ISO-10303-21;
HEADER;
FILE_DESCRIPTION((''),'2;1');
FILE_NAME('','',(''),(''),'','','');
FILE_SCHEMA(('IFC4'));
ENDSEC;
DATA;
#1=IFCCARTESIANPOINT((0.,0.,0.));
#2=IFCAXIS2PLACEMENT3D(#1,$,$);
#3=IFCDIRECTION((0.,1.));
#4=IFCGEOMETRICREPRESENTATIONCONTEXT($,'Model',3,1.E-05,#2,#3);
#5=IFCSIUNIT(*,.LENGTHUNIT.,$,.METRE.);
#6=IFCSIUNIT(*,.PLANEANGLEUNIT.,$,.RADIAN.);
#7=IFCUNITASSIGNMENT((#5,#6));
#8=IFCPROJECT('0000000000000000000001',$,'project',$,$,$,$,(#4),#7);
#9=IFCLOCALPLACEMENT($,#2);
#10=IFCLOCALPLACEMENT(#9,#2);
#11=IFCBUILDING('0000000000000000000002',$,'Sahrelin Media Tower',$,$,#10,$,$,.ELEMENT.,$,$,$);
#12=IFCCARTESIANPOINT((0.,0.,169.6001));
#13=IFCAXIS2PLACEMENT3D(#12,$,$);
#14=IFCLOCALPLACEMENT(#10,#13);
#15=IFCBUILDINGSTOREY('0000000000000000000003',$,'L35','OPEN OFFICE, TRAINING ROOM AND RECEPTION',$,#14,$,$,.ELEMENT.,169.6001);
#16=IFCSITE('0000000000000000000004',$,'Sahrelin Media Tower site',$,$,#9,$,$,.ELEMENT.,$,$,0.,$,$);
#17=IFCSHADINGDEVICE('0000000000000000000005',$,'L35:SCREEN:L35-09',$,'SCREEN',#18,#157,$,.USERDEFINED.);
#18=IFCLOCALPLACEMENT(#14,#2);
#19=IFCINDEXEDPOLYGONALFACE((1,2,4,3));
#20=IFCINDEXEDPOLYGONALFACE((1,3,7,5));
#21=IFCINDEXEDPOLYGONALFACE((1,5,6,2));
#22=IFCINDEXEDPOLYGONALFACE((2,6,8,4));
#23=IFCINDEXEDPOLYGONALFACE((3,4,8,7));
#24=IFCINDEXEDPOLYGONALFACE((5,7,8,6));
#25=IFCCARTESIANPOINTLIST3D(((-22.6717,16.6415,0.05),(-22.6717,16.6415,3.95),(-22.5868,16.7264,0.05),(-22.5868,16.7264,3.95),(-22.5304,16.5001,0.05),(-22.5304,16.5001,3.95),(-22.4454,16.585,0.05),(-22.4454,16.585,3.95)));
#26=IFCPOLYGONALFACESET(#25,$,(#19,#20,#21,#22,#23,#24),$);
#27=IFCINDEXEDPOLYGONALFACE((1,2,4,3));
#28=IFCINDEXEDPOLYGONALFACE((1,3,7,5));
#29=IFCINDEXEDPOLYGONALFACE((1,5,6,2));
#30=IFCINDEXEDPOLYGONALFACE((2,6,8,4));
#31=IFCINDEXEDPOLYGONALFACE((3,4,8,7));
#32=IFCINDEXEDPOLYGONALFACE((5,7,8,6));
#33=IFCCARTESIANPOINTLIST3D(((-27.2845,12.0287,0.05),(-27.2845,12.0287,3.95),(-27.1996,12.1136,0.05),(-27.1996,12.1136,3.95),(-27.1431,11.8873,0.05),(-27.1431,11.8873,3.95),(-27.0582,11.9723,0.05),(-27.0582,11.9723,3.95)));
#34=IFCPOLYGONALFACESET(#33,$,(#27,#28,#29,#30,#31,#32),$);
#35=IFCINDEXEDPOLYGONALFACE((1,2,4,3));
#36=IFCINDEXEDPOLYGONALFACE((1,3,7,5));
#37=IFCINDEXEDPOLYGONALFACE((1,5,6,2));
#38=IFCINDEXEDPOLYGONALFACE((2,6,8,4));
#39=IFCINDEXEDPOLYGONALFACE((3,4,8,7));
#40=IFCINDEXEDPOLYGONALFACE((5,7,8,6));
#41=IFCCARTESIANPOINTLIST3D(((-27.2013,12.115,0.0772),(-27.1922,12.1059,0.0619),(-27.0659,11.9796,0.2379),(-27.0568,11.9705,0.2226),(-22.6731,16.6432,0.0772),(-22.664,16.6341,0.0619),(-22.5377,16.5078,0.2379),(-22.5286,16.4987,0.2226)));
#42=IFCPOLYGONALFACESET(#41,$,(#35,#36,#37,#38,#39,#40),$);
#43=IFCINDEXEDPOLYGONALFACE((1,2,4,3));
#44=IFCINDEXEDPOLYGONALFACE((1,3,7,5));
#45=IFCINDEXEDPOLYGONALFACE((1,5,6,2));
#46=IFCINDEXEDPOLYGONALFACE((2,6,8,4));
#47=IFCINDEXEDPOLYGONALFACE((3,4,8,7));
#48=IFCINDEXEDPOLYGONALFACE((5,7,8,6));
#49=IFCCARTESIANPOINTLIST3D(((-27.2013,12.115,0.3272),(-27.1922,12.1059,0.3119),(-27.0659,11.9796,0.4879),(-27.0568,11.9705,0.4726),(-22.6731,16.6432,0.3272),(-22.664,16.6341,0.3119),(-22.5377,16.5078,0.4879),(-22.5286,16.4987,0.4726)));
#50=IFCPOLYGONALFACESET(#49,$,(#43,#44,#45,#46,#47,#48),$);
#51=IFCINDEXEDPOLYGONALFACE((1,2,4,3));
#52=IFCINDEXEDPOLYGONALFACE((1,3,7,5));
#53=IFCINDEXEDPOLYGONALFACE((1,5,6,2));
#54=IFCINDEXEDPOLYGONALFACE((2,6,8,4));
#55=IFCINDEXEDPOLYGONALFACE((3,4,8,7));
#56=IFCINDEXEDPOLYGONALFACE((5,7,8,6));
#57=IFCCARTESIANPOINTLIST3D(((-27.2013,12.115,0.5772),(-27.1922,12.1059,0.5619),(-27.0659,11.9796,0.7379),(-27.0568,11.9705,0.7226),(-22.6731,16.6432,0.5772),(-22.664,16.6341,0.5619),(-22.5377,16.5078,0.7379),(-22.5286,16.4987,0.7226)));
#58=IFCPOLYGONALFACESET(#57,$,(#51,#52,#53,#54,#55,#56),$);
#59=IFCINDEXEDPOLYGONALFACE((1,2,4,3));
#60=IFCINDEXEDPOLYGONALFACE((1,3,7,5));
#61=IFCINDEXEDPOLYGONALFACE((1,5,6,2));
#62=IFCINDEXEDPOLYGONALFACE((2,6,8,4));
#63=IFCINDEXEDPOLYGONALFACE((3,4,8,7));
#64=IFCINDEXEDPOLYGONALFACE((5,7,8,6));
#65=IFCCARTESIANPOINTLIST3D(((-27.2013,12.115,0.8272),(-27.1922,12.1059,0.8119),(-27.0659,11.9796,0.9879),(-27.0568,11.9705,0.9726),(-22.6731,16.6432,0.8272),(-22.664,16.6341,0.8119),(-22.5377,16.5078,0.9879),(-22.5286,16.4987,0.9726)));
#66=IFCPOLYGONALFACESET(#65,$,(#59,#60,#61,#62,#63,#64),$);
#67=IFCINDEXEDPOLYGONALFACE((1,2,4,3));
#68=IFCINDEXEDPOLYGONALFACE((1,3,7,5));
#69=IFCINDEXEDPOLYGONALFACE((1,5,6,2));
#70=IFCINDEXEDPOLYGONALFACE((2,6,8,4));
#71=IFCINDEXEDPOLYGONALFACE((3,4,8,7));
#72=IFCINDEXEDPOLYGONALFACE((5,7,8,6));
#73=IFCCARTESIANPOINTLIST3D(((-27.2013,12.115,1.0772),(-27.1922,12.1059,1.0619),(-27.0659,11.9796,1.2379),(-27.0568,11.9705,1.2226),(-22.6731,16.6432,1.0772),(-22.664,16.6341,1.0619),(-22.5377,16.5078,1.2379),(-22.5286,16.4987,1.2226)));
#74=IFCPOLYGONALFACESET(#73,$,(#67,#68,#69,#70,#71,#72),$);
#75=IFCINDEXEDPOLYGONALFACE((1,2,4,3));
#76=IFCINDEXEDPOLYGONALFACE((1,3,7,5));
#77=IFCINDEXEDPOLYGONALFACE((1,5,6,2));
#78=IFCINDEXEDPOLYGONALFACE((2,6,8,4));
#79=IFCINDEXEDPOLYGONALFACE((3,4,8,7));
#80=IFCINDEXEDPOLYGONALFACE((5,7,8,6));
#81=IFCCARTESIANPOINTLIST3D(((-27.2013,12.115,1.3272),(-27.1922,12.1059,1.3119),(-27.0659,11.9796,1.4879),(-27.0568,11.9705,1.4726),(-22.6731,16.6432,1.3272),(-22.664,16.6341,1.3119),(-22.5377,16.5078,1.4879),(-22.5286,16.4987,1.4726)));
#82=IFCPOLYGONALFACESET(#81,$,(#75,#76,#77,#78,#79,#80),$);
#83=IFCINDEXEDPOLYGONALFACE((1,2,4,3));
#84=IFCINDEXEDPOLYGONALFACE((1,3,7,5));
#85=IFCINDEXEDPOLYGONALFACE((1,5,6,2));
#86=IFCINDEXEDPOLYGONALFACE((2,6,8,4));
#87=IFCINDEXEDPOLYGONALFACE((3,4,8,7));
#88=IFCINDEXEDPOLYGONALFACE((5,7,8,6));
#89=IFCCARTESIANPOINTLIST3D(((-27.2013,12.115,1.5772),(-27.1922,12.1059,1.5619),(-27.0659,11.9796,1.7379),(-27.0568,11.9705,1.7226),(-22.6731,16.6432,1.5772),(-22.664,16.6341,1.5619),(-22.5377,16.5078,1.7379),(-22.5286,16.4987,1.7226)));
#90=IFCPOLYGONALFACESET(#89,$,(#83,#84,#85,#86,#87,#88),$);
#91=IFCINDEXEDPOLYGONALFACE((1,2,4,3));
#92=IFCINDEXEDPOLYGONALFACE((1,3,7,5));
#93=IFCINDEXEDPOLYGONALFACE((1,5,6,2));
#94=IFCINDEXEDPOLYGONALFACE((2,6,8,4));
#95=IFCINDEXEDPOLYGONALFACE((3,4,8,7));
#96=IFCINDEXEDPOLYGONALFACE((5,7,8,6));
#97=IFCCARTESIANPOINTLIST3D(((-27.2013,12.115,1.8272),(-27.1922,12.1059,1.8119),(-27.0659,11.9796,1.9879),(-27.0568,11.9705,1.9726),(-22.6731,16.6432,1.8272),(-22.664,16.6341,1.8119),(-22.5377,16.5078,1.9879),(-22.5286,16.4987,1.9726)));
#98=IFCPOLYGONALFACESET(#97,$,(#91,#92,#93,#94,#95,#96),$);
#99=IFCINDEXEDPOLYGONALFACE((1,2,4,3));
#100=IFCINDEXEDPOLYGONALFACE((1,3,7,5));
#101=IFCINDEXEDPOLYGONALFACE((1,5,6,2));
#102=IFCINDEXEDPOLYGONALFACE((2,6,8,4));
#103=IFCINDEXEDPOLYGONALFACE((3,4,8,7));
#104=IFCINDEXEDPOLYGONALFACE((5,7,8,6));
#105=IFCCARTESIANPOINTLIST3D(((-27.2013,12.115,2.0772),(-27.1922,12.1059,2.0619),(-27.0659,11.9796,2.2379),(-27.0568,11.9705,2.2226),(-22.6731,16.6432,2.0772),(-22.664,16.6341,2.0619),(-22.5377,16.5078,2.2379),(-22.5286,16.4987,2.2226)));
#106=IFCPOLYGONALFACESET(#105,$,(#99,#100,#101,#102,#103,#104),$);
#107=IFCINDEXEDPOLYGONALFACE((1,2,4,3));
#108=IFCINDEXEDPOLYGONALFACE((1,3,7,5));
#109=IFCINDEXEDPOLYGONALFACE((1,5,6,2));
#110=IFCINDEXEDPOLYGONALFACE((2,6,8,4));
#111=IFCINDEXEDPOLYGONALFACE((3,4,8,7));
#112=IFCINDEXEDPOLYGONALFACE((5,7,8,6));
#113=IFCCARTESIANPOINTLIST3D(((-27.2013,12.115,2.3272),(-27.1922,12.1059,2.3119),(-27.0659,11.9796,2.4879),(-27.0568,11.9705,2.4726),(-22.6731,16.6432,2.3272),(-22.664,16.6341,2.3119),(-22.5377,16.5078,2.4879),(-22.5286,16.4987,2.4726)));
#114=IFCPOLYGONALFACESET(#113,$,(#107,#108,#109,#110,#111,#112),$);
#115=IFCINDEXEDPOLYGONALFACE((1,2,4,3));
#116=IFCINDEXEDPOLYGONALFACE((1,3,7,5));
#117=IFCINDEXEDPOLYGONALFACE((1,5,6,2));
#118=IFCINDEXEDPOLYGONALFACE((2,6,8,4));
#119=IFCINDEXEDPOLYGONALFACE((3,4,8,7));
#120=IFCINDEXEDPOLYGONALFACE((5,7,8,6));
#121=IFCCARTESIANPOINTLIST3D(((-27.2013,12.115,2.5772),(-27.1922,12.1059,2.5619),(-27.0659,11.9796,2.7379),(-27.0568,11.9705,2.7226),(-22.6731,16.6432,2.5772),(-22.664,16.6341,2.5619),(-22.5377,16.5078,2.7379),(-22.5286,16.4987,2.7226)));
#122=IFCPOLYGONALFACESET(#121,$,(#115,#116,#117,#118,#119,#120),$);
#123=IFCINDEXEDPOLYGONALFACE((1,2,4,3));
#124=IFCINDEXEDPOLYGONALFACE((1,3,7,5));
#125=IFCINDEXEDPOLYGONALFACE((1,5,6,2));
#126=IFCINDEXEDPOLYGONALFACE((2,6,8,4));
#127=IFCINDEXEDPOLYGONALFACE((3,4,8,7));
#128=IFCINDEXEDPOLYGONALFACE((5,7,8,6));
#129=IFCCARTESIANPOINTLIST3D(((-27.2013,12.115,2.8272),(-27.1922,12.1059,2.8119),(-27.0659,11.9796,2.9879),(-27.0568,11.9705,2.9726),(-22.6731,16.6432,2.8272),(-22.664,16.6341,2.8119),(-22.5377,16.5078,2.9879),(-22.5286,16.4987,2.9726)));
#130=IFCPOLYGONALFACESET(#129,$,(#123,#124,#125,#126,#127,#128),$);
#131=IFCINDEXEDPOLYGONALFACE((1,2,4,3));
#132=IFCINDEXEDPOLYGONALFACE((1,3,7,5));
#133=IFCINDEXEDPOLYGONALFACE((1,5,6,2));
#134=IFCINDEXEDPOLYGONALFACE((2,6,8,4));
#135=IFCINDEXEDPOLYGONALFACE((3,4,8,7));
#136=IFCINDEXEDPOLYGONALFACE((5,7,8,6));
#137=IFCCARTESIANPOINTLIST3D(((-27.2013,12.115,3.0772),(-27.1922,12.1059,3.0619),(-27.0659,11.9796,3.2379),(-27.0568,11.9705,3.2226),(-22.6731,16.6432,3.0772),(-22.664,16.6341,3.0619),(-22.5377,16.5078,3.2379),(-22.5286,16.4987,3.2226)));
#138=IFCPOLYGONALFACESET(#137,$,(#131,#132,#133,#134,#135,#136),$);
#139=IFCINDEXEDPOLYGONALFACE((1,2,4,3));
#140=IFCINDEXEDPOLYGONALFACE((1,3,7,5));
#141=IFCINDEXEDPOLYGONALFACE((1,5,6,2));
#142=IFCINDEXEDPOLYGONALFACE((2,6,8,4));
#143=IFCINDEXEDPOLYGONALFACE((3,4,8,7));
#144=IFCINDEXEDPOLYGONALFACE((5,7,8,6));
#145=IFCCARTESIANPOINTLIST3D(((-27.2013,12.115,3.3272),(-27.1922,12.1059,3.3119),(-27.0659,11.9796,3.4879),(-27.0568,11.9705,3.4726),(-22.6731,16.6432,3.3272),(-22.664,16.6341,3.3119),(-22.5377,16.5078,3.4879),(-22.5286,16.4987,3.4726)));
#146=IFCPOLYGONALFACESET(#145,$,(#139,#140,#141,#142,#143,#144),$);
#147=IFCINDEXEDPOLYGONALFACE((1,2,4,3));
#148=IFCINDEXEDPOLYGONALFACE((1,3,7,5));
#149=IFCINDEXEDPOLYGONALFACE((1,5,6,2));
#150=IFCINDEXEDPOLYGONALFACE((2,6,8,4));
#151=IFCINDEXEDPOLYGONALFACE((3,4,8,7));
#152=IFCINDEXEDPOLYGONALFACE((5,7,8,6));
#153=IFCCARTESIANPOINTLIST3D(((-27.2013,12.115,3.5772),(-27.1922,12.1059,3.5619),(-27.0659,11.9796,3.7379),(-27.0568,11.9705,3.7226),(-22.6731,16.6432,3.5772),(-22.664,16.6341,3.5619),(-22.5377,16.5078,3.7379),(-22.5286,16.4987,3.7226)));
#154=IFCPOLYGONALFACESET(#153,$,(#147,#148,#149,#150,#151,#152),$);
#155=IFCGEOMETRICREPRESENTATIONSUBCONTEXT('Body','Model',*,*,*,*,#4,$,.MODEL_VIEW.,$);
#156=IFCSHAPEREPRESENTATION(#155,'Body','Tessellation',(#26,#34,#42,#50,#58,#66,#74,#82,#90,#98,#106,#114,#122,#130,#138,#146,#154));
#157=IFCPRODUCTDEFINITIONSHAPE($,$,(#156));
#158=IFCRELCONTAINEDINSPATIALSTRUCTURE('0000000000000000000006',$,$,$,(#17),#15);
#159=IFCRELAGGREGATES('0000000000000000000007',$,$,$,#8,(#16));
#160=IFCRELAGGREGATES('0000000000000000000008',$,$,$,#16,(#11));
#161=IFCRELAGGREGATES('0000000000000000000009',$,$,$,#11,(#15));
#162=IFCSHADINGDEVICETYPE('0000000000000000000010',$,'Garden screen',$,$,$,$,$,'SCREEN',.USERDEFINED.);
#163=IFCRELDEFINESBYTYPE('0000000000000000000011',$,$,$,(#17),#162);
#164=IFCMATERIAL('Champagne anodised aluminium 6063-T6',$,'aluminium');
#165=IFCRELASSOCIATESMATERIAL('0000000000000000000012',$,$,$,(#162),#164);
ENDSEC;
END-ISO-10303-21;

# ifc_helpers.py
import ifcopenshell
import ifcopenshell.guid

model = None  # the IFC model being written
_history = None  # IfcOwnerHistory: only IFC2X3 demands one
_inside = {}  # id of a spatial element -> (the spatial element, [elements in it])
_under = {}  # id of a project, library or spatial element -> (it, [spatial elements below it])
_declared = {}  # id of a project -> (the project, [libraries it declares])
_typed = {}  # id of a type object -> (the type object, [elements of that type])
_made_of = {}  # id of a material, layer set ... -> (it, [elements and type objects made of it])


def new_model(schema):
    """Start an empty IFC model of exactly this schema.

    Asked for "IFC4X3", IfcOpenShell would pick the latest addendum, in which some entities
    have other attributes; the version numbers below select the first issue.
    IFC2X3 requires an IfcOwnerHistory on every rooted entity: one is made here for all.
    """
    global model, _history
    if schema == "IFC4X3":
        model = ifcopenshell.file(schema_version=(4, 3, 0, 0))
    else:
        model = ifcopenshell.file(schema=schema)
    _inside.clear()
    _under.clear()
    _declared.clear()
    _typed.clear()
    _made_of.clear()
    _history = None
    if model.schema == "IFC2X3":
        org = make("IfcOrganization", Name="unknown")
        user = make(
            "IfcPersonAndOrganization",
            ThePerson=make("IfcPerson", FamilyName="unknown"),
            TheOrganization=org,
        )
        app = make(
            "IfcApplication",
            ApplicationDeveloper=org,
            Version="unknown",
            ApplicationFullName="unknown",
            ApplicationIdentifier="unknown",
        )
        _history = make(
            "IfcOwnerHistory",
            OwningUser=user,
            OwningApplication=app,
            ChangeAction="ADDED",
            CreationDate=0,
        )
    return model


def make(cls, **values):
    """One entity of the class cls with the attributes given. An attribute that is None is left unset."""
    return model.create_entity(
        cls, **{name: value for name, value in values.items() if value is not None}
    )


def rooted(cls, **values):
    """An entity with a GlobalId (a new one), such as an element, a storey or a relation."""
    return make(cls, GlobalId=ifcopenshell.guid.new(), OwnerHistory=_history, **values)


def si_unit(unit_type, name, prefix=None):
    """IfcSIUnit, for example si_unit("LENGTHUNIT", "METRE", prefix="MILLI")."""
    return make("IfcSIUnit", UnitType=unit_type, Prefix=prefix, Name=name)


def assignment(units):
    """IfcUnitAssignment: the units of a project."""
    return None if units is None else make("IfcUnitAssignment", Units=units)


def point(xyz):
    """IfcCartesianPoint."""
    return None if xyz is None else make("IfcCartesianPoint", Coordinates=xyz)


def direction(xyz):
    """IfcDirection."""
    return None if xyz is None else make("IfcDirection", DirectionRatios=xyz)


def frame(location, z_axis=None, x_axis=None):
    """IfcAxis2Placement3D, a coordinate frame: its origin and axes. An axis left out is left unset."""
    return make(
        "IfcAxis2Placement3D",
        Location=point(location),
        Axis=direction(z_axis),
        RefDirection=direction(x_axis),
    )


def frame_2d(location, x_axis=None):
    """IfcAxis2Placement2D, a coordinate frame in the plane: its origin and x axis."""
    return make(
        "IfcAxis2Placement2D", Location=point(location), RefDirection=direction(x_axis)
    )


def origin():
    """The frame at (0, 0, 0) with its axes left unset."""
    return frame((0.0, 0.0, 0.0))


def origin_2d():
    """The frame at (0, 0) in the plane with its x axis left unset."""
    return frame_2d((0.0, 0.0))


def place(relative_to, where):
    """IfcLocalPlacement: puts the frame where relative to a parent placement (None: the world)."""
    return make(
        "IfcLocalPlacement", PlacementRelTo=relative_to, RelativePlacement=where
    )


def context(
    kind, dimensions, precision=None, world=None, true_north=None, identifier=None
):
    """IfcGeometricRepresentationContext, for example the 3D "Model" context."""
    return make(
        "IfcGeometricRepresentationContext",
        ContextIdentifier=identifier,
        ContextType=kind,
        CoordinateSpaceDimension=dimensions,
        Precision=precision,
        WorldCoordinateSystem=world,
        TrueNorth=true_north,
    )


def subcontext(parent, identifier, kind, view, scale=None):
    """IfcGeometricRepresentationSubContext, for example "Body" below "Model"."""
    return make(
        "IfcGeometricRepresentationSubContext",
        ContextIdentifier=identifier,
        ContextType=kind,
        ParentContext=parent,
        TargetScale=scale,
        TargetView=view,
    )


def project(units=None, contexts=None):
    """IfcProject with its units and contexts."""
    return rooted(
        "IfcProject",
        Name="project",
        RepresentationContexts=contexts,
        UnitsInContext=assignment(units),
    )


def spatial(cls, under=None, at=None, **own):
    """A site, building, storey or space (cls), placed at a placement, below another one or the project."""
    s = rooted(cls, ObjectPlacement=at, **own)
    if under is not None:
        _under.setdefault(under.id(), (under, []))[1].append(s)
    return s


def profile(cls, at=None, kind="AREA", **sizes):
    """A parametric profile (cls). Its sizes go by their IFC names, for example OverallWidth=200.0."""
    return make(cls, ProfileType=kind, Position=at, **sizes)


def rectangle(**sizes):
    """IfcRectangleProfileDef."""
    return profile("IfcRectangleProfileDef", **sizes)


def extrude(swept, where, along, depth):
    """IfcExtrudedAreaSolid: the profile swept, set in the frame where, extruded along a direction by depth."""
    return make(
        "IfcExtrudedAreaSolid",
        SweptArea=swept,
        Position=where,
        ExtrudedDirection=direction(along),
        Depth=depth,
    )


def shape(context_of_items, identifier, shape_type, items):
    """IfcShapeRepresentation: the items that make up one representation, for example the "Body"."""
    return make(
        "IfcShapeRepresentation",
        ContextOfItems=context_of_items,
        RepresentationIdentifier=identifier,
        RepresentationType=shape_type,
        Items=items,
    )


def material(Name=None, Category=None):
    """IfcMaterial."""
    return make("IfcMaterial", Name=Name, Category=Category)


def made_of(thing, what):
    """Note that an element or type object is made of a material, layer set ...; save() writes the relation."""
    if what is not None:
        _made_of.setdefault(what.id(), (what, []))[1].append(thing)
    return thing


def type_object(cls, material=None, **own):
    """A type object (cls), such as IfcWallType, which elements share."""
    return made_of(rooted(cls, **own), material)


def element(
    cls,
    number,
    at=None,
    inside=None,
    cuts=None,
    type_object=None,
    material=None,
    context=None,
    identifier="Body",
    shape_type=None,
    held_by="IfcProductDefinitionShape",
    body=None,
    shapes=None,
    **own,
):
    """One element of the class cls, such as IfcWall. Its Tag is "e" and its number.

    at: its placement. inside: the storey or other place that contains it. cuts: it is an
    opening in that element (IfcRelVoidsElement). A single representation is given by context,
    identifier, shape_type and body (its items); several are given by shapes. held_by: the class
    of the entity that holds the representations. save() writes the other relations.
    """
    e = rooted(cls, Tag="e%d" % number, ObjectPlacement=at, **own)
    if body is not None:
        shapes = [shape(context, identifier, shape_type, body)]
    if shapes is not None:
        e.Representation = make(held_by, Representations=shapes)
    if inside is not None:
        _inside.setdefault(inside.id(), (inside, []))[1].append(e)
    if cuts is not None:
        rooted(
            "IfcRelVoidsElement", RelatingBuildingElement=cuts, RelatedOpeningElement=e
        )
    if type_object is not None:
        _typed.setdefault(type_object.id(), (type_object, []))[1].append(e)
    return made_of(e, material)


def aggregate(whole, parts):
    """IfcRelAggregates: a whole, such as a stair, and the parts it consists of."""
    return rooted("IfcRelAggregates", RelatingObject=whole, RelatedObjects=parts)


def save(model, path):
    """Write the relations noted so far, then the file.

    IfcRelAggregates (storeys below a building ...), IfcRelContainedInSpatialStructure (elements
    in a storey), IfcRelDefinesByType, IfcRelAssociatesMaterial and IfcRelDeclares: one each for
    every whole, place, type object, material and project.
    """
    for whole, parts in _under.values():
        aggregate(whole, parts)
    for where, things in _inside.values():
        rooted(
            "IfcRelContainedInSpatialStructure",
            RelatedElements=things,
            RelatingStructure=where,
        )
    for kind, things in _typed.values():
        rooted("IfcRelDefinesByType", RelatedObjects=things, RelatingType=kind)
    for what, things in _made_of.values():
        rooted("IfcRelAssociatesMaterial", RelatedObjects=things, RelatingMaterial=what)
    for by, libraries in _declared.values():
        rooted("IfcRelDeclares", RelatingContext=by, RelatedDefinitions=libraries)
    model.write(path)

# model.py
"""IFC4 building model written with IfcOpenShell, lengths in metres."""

from ifc_helpers import new_model, si_unit, direction, frame, origin, origin_2d, place, context, subcontext, project, spatial, rectangle, extrude, material, type_object, element, save


model = new_model("IFC4")

# Units and contexts
model_context = context("Model", 3, precision=1e-05, world=origin(), true_north=direction((0.0, 1.0)))
body_context = subcontext(model_context, "Body", "Model", "MODEL_VIEW")
ifc_project = project(units=[si_unit("LENGTHUNIT", "METRE"), si_unit("PLANEANGLEUNIT", "RADIAN")], contexts=[model_context])

# Site, building, storey
site_placement = place(None, origin())
site = spatial("IfcSite", under=ifc_project, at=site_placement, Name="Sahrelin Media Tower site", CompositionType="ELEMENT", RefElevation=0.0)
building_placement = place(site_placement, origin())
building = spatial("IfcBuilding", under=site, at=building_placement, Name="Sahrelin Media Tower", CompositionType="ELEMENT")
storey_placement = place(building_placement, frame((0.0, 0.0, 169.6001)))
storey = spatial("IfcBuildingStorey", under=building, at=storey_placement, Name="L35", Description="OPEN OFFICE, TRAINING ROOM AND RECEPTION", CompositionType="ELEMENT", Elevation=169.6001)

# Shading device
ifc_material_1 = material(Name="Champagne anodised aluminium 6063-T6", Category="aluminium")
shading_device_type = type_object("IfcShadingDeviceType", Name="Garden screen", ElementType="SCREEN", PredefinedType="USERDEFINED", material=ifc_material_1)
shading_device_1_placement = place(storey_placement, frame((-24.7942, 14.2361, 0.0), z_axis=(0.0, 0.0, 1.0), x_axis=(0.707107, 0.707107, 0.0)))
element("IfcShadingDevice", 1, at=shading_device_1_placement, inside=storey, type_object=shading_device_type, Name="L35:SCREEN:L35-09", ObjectType="SCREEN", PredefinedType="USERDEFINED", context=body_context, shape_type="SweptSolid", body=[
    extrude(rectangle(XDim=0.1201, YDim=0.2, at=origin_2d()), frame((3.2617, 0.1001, 0.05), z_axis=(0.0, 0.0, 1.0), x_axis=(1.0, 0.0, 0.0)), (0.0, 0.0, 1.0), 3.8999),
    extrude(rectangle(XDim=0.1201, YDim=0.2, at=origin_2d()), frame((-3.2617, 0.1001, 0.05), z_axis=(0.0, 0.0, 1.0), x_axis=(1.0, 0.0, 0.0)), (0.0, 0.0, 1.0), 3.8999),
    extrude(rectangle(XDim=0.25, YDim=0.02, at=origin_2d()), frame((3.2019, 0.1001, 0.1499), z_axis=(-1.0, 0.0, 0.0), x_axis=(0.0, -0.766044, 0.642788)), (0.0, 0.0, 1.0), 6.4038),
    extrude(rectangle(XDim=0.25, YDim=0.02, at=origin_2d()), frame((3.2019, 0.1001, 0.3999), z_axis=(-1.0, 0.0, 0.0), x_axis=(0.0, -0.766044, 0.642788)), (0.0, 0.0, 1.0), 6.4038),
    extrude(rectangle(XDim=0.25, YDim=0.02, at=origin_2d()), frame((3.2019, 0.1001, 0.6499), z_axis=(-1.0, 0.0, 0.0), x_axis=(0.0, -0.766044, 0.642788)), (0.0, 0.0, 1.0), 6.4038),
    extrude(rectangle(XDim=0.25, YDim=0.02, at=origin_2d()), frame((3.2019, 0.1001, 0.8999), z_axis=(-1.0, 0.0, 0.0), x_axis=(0.0, -0.766044, 0.642788)), (0.0, 0.0, 1.0), 6.4038),
    extrude(rectangle(XDim=0.25, YDim=0.02, at=origin_2d()), frame((3.2019, 0.1001, 1.1499), z_axis=(-1.0, 0.0, 0.0), x_axis=(0.0, -0.766044, 0.642788)), (0.0, 0.0, 1.0), 6.4038),
    extrude(rectangle(XDim=0.25, YDim=0.02, at=origin_2d()), frame((3.2019, 0.1001, 1.3999), z_axis=(-1.0, 0.0, 0.0), x_axis=(0.0, -0.766044, 0.642788)), (0.0, 0.0, 1.0), 6.4038),
    extrude(rectangle(XDim=0.25, YDim=0.02, at=origin_2d()), frame((3.2019, 0.1001, 1.6499), z_axis=(-1.0, 0.0, 0.0), x_axis=(0.0, -0.766044, 0.642788)), (0.0, 0.0, 1.0), 6.4038),
    extrude(rectangle(XDim=0.25, YDim=0.02, at=origin_2d()), frame((3.2019, 0.1001, 1.8999), z_axis=(-1.0, 0.0, 0.0), x_axis=(0.0, -0.766044, 0.642788)), (0.0, 0.0, 1.0), 6.4038),
    extrude(rectangle(XDim=0.25, YDim=0.02, at=origin_2d()), frame((3.2019, 0.1001, 2.1499), z_axis=(-1.0, 0.0, 0.0), x_axis=(0.0, -0.766044, 0.642788)), (0.0, 0.0, 1.0), 6.4038),
    extrude(rectangle(XDim=0.25, YDim=0.02, at=origin_2d()), frame((3.2019, 0.1001, 2.3999), z_axis=(-1.0, 0.0, 0.0), x_axis=(0.0, -0.766044, 0.642788)), (0.0, 0.0, 1.0), 6.4038),
    extrude(rectangle(XDim=0.25, YDim=0.02, at=origin_2d()), frame((3.2019, 0.1001, 2.6499), z_axis=(-1.0, 0.0, 0.0), x_axis=(0.0, -0.766044, 0.642788)), (0.0, 0.0, 1.0), 6.4038),
    extrude(rectangle(XDim=0.25, YDim=0.02, at=origin_2d()), frame((3.2019, 0.1001, 2.8999), z_axis=(-1.0, 0.0, 0.0), x_axis=(0.0, -0.766044, 0.642788)), (0.0, 0.0, 1.0), 6.4038),
    extrude(rectangle(XDim=0.25, YDim=0.02, at=origin_2d()), frame((3.2019, 0.1001, 3.1499), z_axis=(-1.0, 0.0, 0.0), x_axis=(0.0, -0.766044, 0.642788)), (0.0, 0.0, 1.0), 6.4038),
    extrude(rectangle(XDim=0.25, YDim=0.02, at=origin_2d()), frame((3.2019, 0.1001, 3.3999), z_axis=(-1.0, 0.0, 0.0), x_axis=(0.0, -0.766044, 0.642788)), (0.0, 0.0, 1.0), 6.4038),
    extrude(rectangle(XDim=0.25, YDim=0.02, at=origin_2d()), frame((3.2019, 0.1001, 3.6499), z_axis=(-1.0, 0.0, 0.0), x_axis=(0.0, -0.766044, 0.642788)), (0.0, 0.0, 1.0), 6.4038),
])

save(model, "model.ifc")
